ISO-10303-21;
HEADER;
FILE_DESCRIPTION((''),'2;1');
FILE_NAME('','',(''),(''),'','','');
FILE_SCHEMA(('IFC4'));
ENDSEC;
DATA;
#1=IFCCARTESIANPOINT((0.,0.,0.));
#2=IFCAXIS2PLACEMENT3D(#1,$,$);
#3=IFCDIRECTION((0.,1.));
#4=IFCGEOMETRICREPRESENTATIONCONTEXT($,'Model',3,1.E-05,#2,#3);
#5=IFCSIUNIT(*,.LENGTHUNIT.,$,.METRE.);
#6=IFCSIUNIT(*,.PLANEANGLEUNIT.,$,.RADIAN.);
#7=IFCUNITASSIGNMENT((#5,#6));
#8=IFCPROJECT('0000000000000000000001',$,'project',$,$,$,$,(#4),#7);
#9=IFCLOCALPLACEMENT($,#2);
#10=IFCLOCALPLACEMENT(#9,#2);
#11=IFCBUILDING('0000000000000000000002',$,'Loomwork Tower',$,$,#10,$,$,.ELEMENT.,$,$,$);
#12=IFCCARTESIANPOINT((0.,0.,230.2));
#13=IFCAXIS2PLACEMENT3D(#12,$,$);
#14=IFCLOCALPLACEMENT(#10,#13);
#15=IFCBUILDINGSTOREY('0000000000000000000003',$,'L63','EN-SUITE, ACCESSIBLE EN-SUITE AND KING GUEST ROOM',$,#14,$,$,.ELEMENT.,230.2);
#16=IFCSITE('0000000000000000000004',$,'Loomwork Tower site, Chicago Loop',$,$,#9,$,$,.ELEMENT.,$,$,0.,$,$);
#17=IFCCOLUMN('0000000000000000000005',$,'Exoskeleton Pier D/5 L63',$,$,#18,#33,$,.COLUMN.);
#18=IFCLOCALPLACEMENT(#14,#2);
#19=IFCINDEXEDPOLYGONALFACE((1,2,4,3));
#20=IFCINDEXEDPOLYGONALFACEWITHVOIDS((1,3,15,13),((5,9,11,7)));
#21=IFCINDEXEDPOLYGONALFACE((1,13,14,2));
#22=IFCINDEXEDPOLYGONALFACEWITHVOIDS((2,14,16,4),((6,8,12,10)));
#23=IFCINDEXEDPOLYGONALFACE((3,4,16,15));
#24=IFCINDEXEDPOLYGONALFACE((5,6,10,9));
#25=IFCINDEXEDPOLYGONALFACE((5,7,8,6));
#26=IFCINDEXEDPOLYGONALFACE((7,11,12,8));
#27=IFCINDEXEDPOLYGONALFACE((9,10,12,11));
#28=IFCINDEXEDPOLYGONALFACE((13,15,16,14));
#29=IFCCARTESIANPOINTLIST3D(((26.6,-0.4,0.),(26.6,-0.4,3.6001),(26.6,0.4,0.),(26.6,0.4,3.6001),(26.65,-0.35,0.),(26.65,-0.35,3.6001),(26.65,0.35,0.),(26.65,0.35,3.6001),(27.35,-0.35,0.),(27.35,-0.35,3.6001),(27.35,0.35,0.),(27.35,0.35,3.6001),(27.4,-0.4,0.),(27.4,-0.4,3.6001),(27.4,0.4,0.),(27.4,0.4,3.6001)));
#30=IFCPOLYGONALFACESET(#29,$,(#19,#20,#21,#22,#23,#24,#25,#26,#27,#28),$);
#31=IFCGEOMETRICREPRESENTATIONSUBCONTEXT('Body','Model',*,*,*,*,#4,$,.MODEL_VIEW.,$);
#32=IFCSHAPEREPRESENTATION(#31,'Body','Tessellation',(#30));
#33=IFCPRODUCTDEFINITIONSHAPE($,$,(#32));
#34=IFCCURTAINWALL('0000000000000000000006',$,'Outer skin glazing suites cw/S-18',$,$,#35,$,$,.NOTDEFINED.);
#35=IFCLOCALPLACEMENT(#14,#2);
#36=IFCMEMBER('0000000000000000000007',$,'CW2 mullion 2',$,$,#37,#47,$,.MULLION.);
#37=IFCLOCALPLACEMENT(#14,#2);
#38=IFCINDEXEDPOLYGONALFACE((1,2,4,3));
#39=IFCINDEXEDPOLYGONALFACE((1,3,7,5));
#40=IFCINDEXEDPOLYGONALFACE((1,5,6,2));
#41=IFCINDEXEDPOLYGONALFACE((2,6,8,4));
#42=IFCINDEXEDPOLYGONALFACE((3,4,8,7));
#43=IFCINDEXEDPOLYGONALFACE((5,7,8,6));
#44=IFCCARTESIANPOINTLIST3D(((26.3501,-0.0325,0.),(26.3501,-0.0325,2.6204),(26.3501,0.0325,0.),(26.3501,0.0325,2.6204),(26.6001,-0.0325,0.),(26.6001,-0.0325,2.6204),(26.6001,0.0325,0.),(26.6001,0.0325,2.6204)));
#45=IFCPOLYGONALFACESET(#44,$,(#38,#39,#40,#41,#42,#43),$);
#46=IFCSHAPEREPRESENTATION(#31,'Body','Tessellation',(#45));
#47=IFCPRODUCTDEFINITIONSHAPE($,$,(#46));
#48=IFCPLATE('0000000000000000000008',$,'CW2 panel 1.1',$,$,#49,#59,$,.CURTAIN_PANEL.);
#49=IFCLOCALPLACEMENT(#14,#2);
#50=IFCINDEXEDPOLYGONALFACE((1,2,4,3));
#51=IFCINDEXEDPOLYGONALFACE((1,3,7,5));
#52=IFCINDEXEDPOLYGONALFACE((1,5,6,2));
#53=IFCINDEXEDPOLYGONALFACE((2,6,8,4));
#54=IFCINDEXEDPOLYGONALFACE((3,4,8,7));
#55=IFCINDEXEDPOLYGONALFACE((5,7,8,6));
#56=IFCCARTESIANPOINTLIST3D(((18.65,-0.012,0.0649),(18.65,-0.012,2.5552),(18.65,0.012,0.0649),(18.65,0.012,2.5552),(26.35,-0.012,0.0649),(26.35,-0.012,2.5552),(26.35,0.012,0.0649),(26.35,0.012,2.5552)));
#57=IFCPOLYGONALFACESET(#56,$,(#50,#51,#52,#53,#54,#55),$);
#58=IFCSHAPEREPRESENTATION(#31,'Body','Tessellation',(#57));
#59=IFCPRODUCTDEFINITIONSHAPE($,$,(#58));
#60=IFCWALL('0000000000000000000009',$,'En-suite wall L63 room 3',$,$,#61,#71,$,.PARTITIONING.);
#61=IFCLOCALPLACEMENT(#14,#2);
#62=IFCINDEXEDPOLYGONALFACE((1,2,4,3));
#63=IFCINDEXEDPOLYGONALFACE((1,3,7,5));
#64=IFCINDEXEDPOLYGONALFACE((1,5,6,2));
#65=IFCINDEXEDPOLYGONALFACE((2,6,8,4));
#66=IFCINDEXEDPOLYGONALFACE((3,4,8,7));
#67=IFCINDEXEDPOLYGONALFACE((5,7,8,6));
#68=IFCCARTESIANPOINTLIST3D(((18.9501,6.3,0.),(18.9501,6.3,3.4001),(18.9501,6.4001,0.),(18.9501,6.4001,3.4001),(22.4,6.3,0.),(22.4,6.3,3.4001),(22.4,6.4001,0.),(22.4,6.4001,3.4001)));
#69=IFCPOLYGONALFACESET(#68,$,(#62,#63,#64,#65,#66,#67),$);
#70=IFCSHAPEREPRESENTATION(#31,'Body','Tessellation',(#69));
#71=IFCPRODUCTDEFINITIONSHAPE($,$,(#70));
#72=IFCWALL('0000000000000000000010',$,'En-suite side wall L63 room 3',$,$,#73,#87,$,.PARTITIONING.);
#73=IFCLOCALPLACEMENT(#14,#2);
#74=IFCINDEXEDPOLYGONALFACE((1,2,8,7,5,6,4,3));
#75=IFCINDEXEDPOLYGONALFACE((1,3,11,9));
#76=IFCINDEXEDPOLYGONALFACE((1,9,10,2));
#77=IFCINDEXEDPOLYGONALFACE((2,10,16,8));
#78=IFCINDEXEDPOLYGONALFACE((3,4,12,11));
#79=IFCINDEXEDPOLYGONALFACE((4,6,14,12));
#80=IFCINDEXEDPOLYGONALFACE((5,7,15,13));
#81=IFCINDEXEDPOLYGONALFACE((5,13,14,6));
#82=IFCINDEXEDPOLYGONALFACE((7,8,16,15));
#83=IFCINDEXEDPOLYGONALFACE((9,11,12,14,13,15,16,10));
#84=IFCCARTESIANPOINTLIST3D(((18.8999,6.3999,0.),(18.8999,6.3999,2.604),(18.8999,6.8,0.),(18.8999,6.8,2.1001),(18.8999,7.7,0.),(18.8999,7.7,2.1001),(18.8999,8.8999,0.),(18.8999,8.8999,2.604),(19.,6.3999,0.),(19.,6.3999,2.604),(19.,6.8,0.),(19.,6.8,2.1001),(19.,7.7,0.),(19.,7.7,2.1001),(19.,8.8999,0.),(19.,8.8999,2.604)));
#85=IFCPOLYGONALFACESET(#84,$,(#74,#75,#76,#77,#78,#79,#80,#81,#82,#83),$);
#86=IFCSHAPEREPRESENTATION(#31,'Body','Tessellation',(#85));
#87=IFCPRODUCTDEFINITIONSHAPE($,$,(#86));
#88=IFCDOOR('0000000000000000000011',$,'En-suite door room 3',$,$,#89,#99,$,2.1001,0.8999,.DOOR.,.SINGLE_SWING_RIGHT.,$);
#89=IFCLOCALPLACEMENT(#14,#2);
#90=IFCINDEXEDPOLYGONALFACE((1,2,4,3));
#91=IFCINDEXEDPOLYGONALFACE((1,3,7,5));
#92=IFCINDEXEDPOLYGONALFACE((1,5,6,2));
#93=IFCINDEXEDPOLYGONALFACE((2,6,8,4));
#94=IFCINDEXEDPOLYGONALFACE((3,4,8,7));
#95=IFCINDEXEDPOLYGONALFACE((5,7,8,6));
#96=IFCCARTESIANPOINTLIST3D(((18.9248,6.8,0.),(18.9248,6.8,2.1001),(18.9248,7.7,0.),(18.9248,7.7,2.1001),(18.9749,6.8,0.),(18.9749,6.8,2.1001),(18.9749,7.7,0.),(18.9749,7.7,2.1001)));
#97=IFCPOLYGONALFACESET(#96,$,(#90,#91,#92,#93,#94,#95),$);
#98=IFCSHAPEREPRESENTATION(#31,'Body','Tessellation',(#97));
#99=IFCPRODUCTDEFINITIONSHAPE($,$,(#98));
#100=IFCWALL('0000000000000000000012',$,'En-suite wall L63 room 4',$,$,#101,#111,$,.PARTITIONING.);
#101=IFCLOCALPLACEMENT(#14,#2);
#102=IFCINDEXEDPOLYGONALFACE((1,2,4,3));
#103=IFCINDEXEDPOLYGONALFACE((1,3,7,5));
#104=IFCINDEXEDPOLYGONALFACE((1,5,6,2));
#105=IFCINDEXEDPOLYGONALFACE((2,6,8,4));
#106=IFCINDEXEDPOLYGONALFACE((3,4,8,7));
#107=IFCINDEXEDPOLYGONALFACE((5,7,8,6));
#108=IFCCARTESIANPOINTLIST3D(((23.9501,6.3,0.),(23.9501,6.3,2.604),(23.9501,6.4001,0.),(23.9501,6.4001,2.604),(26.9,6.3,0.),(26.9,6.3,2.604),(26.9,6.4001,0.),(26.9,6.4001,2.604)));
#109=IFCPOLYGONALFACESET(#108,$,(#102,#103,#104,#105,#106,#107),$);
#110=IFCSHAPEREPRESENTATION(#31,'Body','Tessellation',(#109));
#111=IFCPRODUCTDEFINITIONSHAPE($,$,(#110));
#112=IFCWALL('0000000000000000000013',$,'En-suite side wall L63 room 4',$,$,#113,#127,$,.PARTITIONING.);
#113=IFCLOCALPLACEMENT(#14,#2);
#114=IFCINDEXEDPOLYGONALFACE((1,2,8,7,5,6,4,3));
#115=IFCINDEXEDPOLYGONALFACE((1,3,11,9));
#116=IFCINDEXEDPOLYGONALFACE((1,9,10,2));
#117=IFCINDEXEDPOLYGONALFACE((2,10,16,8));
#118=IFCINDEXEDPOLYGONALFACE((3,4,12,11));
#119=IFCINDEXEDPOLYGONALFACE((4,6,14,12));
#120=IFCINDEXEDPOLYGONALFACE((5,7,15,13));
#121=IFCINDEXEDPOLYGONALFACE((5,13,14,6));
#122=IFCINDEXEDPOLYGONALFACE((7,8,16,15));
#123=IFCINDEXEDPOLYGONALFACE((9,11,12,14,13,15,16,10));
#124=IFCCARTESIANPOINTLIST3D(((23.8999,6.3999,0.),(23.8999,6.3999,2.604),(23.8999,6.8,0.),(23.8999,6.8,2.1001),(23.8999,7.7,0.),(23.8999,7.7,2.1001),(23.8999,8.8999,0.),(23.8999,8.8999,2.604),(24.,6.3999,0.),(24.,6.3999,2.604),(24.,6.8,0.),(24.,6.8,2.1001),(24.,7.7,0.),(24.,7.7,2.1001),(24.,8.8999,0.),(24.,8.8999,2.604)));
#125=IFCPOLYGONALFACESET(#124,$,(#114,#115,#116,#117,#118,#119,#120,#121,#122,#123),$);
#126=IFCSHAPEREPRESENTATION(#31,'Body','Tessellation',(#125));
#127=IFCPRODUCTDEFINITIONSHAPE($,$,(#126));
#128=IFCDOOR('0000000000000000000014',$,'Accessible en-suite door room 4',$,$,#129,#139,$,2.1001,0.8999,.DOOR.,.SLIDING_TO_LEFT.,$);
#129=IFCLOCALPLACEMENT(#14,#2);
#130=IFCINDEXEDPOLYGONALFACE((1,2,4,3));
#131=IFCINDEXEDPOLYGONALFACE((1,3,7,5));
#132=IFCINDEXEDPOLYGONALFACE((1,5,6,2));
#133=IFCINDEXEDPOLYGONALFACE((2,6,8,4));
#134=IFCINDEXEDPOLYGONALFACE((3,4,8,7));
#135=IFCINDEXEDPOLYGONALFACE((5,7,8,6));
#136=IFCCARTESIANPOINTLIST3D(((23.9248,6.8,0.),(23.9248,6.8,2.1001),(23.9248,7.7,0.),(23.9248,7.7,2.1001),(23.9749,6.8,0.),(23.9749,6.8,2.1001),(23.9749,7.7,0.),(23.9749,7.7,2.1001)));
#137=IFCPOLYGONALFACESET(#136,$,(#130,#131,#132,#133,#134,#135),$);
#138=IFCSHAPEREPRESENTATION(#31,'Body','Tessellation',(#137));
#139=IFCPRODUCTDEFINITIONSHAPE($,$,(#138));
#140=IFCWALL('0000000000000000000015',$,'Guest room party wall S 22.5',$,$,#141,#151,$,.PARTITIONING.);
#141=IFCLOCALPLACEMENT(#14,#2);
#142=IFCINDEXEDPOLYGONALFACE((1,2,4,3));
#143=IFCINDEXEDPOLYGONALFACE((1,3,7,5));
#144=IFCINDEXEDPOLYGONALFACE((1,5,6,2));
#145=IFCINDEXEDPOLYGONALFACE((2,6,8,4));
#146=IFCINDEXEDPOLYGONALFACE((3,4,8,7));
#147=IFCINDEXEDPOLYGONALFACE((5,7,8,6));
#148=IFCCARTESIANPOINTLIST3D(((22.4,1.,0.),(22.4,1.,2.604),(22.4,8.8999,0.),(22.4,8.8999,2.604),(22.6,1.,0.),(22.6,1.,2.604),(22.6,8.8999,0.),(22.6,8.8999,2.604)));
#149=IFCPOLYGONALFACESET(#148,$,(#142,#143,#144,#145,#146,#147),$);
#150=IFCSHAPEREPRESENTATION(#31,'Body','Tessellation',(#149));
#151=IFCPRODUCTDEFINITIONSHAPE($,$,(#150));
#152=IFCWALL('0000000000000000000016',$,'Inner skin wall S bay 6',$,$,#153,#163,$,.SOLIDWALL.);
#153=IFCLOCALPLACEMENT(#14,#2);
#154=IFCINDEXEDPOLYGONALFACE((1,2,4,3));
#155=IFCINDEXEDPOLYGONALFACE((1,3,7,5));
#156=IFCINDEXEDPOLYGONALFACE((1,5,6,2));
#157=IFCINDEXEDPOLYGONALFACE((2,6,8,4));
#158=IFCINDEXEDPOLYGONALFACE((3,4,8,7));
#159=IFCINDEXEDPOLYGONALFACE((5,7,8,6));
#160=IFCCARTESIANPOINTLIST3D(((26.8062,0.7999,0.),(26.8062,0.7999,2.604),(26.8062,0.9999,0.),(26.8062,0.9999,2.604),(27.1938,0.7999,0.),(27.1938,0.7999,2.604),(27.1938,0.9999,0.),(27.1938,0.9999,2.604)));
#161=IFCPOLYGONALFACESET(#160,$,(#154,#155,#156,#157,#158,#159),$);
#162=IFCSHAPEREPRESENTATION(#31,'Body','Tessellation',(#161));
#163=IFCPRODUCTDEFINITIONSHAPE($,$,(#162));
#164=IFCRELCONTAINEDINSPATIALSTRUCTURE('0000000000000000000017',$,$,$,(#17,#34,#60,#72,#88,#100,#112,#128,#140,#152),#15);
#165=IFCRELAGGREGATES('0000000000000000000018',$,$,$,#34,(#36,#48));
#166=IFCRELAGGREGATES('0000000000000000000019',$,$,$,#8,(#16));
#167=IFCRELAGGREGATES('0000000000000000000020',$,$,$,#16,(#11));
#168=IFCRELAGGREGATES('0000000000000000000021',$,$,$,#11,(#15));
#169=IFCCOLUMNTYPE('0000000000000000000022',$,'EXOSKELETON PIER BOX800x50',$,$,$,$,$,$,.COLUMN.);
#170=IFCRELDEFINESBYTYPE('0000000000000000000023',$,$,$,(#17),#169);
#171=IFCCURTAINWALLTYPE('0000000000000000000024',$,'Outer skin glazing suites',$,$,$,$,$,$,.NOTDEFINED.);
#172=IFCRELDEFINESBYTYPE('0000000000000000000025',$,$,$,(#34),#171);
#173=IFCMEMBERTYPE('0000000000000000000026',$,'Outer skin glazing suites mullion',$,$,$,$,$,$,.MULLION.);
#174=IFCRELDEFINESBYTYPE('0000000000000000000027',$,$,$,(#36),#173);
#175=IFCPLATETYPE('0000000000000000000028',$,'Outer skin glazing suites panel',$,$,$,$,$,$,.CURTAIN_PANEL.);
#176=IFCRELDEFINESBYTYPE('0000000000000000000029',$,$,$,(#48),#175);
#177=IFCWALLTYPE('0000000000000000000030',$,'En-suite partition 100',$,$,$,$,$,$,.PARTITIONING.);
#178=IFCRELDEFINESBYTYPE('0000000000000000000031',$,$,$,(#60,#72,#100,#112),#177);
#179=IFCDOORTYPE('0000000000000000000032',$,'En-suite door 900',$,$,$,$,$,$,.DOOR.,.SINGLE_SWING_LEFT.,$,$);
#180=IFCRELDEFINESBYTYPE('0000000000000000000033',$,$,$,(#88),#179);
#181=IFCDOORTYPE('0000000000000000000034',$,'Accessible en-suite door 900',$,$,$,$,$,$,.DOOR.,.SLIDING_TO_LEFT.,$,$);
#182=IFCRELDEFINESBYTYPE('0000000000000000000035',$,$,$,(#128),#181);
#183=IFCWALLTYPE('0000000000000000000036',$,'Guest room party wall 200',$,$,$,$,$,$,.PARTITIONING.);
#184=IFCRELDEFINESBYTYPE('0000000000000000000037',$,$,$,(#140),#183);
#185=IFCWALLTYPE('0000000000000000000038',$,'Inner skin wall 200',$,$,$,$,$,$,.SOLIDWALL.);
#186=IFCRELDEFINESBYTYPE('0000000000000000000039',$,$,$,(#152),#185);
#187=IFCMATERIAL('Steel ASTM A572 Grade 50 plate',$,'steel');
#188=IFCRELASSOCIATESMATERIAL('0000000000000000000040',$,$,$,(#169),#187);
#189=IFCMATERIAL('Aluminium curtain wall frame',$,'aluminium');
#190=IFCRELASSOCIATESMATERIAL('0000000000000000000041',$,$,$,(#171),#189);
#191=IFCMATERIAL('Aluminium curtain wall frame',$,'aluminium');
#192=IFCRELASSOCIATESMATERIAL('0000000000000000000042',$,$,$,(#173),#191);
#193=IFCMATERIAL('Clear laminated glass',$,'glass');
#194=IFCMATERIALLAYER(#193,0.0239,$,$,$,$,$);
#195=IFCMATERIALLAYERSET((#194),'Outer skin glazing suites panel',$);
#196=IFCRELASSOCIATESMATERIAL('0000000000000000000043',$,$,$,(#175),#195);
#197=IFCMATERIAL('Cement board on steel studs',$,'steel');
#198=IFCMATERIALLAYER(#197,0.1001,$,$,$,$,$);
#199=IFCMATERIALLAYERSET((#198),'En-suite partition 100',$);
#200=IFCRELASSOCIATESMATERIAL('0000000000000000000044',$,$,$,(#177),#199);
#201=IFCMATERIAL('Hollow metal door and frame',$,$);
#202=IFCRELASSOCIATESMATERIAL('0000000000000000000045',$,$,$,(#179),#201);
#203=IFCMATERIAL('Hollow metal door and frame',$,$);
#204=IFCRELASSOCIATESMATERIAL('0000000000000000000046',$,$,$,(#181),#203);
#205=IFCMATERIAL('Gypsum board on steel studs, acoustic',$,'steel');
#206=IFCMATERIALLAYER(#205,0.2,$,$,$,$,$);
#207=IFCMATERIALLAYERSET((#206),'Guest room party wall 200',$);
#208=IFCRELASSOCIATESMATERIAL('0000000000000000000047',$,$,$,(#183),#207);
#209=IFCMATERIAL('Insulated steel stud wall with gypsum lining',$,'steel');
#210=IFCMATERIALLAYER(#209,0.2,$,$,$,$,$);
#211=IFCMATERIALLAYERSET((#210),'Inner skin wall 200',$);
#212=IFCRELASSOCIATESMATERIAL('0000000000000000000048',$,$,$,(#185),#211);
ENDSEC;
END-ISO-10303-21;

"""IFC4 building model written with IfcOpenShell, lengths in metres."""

from ifc_helpers import new_model, si_unit, direction, frame, frame_2d, origin, origin_2d, place, context, subcontext, project, spatial, rectangle, hollow_rectangle, extrude, material, layer, layer_set, material_profile, profile_set, type_object, element, fill, aggregate, save


model = new_model("IFC4")

# Units and contexts
model_context = context("Model", 3, precision=1e-05, world=origin(), true_north=direction((0.0, 1.0)))
body_context = subcontext(model_context, "Body", "Model", "MODEL_VIEW")
ifc_project = project(units=[si_unit("LENGTHUNIT", "METRE"), si_unit("PLANEANGLEUNIT", "RADIAN")], contexts=[model_context])

# Site, building, storey
site_placement = place(None, origin())
site = spatial("IfcSite", under=ifc_project, at=site_placement, Name="Loomwork Tower site, Chicago Loop", CompositionType="ELEMENT", RefElevation=0.0)
building_placement = place(site_placement, origin())
building = spatial("IfcBuilding", under=site, at=building_placement, Name="Loomwork Tower", CompositionType="ELEMENT")
storey_placement = place(building_placement, frame((0.0, 0.0, 230.2)))
storey = spatial("IfcBuildingStorey", under=building, at=storey_placement, Name="L63", Description="EN-SUITE, ACCESSIBLE EN-SUITE AND KING GUEST ROOM", CompositionType="ELEMENT", Elevation=230.2)

# Column
ifc_material_1 = material(Name="Steel ASTM A572 Grade 50 plate", Category="steel")
ifc_material_profile_1 = material_profile(ifc_material_1, hollow_rectangle(XDim=0.8, YDim=0.8, WallThickness=0.05, at=origin_2d()), Name="BOX800x50")
ifc_profile_set_1 = profile_set([ifc_material_profile_1], Name="Steel ASTM A572 Grade 50 plate")
column_type = type_object("IfcColumnType", Name="EXOSKELETON PIER BOX800x50", PredefinedType="COLUMN", material=ifc_profile_set_1)
column_placement = place(storey_placement, frame((27.0, 0.0, 0.0), z_axis=(0.0, 0.0, 1.0), x_axis=(1.0, 0.0, 0.0)))
element("IfcColumn", 1, at=column_placement, inside=storey, type_object=column_type, Name="Exoskeleton Pier D/5 L63", PredefinedType="COLUMN", context=body_context, shape_type="SweptSolid", body=[
    extrude(hollow_rectangle(XDim=0.8, YDim=0.8, WallThickness=0.05, at=origin_2d()), origin(), (0.0, 0.0, 1.0), 3.6001),
])

# Curtain wall, member, plate
ifc_material_2 = material(Name="Aluminium curtain wall frame", Category="aluminium")
curtain_wall_type = type_object("IfcCurtainWallType", Name="Outer skin glazing suites", PredefinedType="NOTDEFINED", material=ifc_material_2)
curtain_wall_placement = place(storey_placement, origin())
curtain_wall = element("IfcCurtainWall", 2, at=curtain_wall_placement, inside=storey, type_object=curtain_wall_type, Name="Outer skin glazing suites cw/S-18", PredefinedType="NOTDEFINED")
ifc_material_3 = material(Name="Aluminium curtain wall frame", Category="aluminium")
ifc_material_profile_2 = material_profile(ifc_material_3, rectangle(XDim=0.0649, YDim=0.25, at=origin_2d()), Name="AL 65x250")
ifc_profile_set_2 = profile_set([ifc_material_profile_2], Name="Aluminium curtain wall frame")
member_type = type_object("IfcMemberType", Name="Outer skin glazing suites mullion", PredefinedType="MULLION", material=ifc_profile_set_2)
member_placement = place(storey_placement, frame((26.4751, 0.0, 0.0), z_axis=(0.0, 0.0, 1.0), x_axis=(0.0, 1.0, 0.0)))
member = element("IfcMember", 3, at=member_placement, type_object=member_type, Name="CW2 mullion 2", PredefinedType="MULLION", context=body_context, shape_type="SweptSolid", body=[
    extrude(rectangle(XDim=0.0649, YDim=0.25, at=origin_2d()), origin(), (0.0, 0.0, 1.0), 2.6204),
])
ifc_material_4 = material(Name="Clear laminated glass", Category="glass")
ifc_layer_1 = layer(ifc_material_4, 0.0239)
ifc_layer_set_1 = layer_set([ifc_layer_1], Name="Outer skin glazing suites panel")
plate_type = type_object("IfcPlateType", Name="Outer skin glazing suites panel", PredefinedType="CURTAIN_PANEL", material=ifc_layer_set_1)
plate_placement = place(storey_placement, frame((22.5, 0.0, 0.0649), z_axis=(0.0, 0.0, 1.0), x_axis=(1.0, 0.0, 0.0)))
plate = element("IfcPlate", 4, at=plate_placement, type_object=plate_type, Name="CW2 panel 1.1", PredefinedType="CURTAIN_PANEL", context=body_context, shape_type="SweptSolid", body=[
    extrude(rectangle(XDim=7.7, YDim=0.0239, at=origin_2d()), origin(), (0.0, 0.0, 1.0), 2.4902),
])
aggregate(curtain_wall, [member, plate])

# Wall
ifc_material_5 = material(Name="Cement board on steel studs", Category="steel")
ifc_layer_2 = layer(ifc_material_5, 0.1001)
ifc_layer_set_2 = layer_set([ifc_layer_2], Name="En-suite partition 100")
wall_type_1 = type_object("IfcWallType", Name="En-suite partition 100", PredefinedType="PARTITIONING", material=ifc_layer_set_2)
wall_1_placement = place(storey_placement, frame((18.95, 6.3501, 0.0), z_axis=(0.0, 0.0, 1.0), x_axis=(1.0, 0.0, 0.0)))
element("IfcWall", 5, at=wall_1_placement, inside=storey, type_object=wall_type_1, Name="En-suite wall L63 room 3", PredefinedType="PARTITIONING", context=body_context, shape_type="SweptSolid", body=[
    extrude(rectangle(XDim=3.45, YDim=0.1001, at=frame_2d((1.7251, 0.0))), origin(), (0.0, 0.0, 1.0), 3.4001),
])

# Wall, opening, door
wall_2_placement = place(storey_placement, frame((18.95, 8.8999, 0.0), z_axis=(0.0, 0.0, 1.0), x_axis=(0.0, -1.0, 0.0)))
wall_2 = element("IfcWall", 6, at=wall_2_placement, inside=storey, type_object=wall_type_1, Name="En-suite side wall L63 room 3", PredefinedType="PARTITIONING", context=body_context, shape_type="SweptSolid", body=[
    extrude(rectangle(XDim=2.5, YDim=0.1001, at=frame_2d((1.25, 0.0))), origin(), (0.0, 0.0, 1.0), 2.604),
])
opening_1_placement = place(wall_2_placement, frame((1.2, 0.0, 0.0)))
opening_1 = element("IfcOpeningElement", 7, at=opening_1_placement, cuts=wall_2, PredefinedType="OPENING", context=body_context, shape_type="SweptSolid", body=[
    extrude(rectangle(XDim=0.8999, YDim=2.1001, at=frame_2d((0.45, 1.05))), frame((0.0, 0.0601, 0.0), z_axis=(0.0, -1.0, 0.0), x_axis=(1.0, 0.0, 0.0)), (0.0, 0.0, 1.0), 0.1201),
])
ifc_material_6 = material(Name="Hollow metal door and frame")
door_type_1 = type_object("IfcDoorType", Name="En-suite door 900", OperationType="SINGLE_SWING_LEFT", PredefinedType="DOOR", material=ifc_material_6)
door_1_placement = place(opening_1_placement, origin())
door_1 = element("IfcDoor", 8, at=door_1_placement, inside=storey, type_object=door_type_1, Name="En-suite door room 3", OperationType="SINGLE_SWING_RIGHT", OverallHeight=2.1001, OverallWidth=0.8999, PredefinedType="DOOR", context=body_context, shape_type="SweptSolid", body=[
    extrude(rectangle(XDim=0.8999, YDim=2.1001, at=frame_2d((0.45, 1.05))), frame((0.0, 0.0249, 0.0), z_axis=(0.0, -1.0, 0.0), x_axis=(1.0, 0.0, 0.0)), (0.0, 0.0, 1.0), 0.05),
])
fill(opening_1, door_1)

# Wall
wall_3_placement = place(storey_placement, frame((23.95, 6.3501, 0.0), z_axis=(0.0, 0.0, 1.0), x_axis=(1.0, 0.0, 0.0)))
element("IfcWall", 9, at=wall_3_placement, inside=storey, type_object=wall_type_1, Name="En-suite wall L63 room 4", PredefinedType="PARTITIONING", context=body_context, shape_type="SweptSolid", body=[
    extrude(rectangle(XDim=2.95, YDim=0.1001, at=frame_2d((1.4751, 0.0))), origin(), (0.0, 0.0, 1.0), 2.604),
])

# Wall, opening, door
wall_4_placement = place(storey_placement, frame((23.95, 8.8999, 0.0), z_axis=(0.0, 0.0, 1.0), x_axis=(0.0, -1.0, 0.0)))
wall_4 = element("IfcWall", 10, at=wall_4_placement, inside=storey, type_object=wall_type_1, Name="En-suite side wall L63 room 4", PredefinedType="PARTITIONING", context=body_context, shape_type="SweptSolid", body=[
    extrude(rectangle(XDim=2.5, YDim=0.1001, at=frame_2d((1.25, 0.0))), origin(), (0.0, 0.0, 1.0), 2.604),
])
opening_2_placement = place(wall_4_placement, frame((1.2, 0.0, 0.0)))
opening_2 = element("IfcOpeningElement", 11, at=opening_2_placement, cuts=wall_4, PredefinedType="OPENING", context=body_context, shape_type="SweptSolid", body=[
    extrude(rectangle(XDim=0.8999, YDim=2.1001, at=frame_2d((0.45, 1.05))), frame((0.0, 0.0601, 0.0), z_axis=(0.0, -1.0, 0.0), x_axis=(1.0, 0.0, 0.0)), (0.0, 0.0, 1.0), 0.1201),
])
ifc_material_7 = material(Name="Hollow metal door and frame")
door_type_2 = type_object("IfcDoorType", Name="Accessible en-suite door 900", OperationType="SLIDING_TO_LEFT", PredefinedType="DOOR", material=ifc_material_7)
door_2_placement = place(opening_2_placement, origin())
door_2 = element("IfcDoor", 12, at=door_2_placement, inside=storey, type_object=door_type_2, Name="Accessible en-suite door room 4", OperationType="SLIDING_TO_LEFT", OverallHeight=2.1001, OverallWidth=0.8999, PredefinedType="DOOR", context=body_context, shape_type="SweptSolid", body=[
    extrude(rectangle(XDim=0.8999, YDim=2.1001, at=frame_2d((0.45, 1.05))), frame((0.0, 0.0249, 0.0), z_axis=(0.0, -1.0, 0.0), x_axis=(1.0, 0.0, 0.0)), (0.0, 0.0, 1.0), 0.05),
])
fill(opening_2, door_2)

# Walls
ifc_material_8 = material(Name="Gypsum board on steel studs, acoustic", Category="steel")
ifc_layer_3 = layer(ifc_material_8, 0.2)
ifc_layer_set_3 = layer_set([ifc_layer_3], Name="Guest room party wall 200")
wall_type_2 = type_object("IfcWallType", Name="Guest room party wall 200", PredefinedType="PARTITIONING", material=ifc_layer_set_3)
wall_5_placement = place(storey_placement, frame((22.5, 8.8999, 0.0), z_axis=(0.0, 0.0, 1.0), x_axis=(0.0, -1.0, 0.0)))
element("IfcWall", 13, at=wall_5_placement, inside=storey, type_object=wall_type_2, Name="Guest room party wall S 22.5", PredefinedType="PARTITIONING", context=body_context, shape_type="SweptSolid", body=[
    extrude(rectangle(XDim=7.8999, YDim=0.2, at=frame_2d((3.95, 0.0))), origin(), (0.0, 0.0, 1.0), 2.604),
])
ifc_material_9 = material(Name="Insulated steel stud wall with gypsum lining", Category="steel")
ifc_layer_4 = layer(ifc_material_9, 0.2)
ifc_layer_set_4 = layer_set([ifc_layer_4], Name="Inner skin wall 200")
wall_type_3 = type_object("IfcWallType", Name="Inner skin wall 200", PredefinedType="SOLIDWALL", material=ifc_layer_set_4)
wall_6_placement = place(storey_placement, frame((26.8062, 0.8999, 0.0), z_axis=(0.0, 0.0, 1.0), x_axis=(1.0, 0.0, 0.0)))
element("IfcWall", 14, at=wall_6_placement, inside=storey, type_object=wall_type_3, Name="Inner skin wall S bay 6", PredefinedType="SOLIDWALL", context=body_context, shape_type="SweptSolid", body=[
    extrude(rectangle(XDim=0.3877, YDim=0.2, at=frame_2d((0.1938, 0.0))), origin(), (0.0, 0.0, 1.0), 2.604),
])

save(model, "model.ifc")
